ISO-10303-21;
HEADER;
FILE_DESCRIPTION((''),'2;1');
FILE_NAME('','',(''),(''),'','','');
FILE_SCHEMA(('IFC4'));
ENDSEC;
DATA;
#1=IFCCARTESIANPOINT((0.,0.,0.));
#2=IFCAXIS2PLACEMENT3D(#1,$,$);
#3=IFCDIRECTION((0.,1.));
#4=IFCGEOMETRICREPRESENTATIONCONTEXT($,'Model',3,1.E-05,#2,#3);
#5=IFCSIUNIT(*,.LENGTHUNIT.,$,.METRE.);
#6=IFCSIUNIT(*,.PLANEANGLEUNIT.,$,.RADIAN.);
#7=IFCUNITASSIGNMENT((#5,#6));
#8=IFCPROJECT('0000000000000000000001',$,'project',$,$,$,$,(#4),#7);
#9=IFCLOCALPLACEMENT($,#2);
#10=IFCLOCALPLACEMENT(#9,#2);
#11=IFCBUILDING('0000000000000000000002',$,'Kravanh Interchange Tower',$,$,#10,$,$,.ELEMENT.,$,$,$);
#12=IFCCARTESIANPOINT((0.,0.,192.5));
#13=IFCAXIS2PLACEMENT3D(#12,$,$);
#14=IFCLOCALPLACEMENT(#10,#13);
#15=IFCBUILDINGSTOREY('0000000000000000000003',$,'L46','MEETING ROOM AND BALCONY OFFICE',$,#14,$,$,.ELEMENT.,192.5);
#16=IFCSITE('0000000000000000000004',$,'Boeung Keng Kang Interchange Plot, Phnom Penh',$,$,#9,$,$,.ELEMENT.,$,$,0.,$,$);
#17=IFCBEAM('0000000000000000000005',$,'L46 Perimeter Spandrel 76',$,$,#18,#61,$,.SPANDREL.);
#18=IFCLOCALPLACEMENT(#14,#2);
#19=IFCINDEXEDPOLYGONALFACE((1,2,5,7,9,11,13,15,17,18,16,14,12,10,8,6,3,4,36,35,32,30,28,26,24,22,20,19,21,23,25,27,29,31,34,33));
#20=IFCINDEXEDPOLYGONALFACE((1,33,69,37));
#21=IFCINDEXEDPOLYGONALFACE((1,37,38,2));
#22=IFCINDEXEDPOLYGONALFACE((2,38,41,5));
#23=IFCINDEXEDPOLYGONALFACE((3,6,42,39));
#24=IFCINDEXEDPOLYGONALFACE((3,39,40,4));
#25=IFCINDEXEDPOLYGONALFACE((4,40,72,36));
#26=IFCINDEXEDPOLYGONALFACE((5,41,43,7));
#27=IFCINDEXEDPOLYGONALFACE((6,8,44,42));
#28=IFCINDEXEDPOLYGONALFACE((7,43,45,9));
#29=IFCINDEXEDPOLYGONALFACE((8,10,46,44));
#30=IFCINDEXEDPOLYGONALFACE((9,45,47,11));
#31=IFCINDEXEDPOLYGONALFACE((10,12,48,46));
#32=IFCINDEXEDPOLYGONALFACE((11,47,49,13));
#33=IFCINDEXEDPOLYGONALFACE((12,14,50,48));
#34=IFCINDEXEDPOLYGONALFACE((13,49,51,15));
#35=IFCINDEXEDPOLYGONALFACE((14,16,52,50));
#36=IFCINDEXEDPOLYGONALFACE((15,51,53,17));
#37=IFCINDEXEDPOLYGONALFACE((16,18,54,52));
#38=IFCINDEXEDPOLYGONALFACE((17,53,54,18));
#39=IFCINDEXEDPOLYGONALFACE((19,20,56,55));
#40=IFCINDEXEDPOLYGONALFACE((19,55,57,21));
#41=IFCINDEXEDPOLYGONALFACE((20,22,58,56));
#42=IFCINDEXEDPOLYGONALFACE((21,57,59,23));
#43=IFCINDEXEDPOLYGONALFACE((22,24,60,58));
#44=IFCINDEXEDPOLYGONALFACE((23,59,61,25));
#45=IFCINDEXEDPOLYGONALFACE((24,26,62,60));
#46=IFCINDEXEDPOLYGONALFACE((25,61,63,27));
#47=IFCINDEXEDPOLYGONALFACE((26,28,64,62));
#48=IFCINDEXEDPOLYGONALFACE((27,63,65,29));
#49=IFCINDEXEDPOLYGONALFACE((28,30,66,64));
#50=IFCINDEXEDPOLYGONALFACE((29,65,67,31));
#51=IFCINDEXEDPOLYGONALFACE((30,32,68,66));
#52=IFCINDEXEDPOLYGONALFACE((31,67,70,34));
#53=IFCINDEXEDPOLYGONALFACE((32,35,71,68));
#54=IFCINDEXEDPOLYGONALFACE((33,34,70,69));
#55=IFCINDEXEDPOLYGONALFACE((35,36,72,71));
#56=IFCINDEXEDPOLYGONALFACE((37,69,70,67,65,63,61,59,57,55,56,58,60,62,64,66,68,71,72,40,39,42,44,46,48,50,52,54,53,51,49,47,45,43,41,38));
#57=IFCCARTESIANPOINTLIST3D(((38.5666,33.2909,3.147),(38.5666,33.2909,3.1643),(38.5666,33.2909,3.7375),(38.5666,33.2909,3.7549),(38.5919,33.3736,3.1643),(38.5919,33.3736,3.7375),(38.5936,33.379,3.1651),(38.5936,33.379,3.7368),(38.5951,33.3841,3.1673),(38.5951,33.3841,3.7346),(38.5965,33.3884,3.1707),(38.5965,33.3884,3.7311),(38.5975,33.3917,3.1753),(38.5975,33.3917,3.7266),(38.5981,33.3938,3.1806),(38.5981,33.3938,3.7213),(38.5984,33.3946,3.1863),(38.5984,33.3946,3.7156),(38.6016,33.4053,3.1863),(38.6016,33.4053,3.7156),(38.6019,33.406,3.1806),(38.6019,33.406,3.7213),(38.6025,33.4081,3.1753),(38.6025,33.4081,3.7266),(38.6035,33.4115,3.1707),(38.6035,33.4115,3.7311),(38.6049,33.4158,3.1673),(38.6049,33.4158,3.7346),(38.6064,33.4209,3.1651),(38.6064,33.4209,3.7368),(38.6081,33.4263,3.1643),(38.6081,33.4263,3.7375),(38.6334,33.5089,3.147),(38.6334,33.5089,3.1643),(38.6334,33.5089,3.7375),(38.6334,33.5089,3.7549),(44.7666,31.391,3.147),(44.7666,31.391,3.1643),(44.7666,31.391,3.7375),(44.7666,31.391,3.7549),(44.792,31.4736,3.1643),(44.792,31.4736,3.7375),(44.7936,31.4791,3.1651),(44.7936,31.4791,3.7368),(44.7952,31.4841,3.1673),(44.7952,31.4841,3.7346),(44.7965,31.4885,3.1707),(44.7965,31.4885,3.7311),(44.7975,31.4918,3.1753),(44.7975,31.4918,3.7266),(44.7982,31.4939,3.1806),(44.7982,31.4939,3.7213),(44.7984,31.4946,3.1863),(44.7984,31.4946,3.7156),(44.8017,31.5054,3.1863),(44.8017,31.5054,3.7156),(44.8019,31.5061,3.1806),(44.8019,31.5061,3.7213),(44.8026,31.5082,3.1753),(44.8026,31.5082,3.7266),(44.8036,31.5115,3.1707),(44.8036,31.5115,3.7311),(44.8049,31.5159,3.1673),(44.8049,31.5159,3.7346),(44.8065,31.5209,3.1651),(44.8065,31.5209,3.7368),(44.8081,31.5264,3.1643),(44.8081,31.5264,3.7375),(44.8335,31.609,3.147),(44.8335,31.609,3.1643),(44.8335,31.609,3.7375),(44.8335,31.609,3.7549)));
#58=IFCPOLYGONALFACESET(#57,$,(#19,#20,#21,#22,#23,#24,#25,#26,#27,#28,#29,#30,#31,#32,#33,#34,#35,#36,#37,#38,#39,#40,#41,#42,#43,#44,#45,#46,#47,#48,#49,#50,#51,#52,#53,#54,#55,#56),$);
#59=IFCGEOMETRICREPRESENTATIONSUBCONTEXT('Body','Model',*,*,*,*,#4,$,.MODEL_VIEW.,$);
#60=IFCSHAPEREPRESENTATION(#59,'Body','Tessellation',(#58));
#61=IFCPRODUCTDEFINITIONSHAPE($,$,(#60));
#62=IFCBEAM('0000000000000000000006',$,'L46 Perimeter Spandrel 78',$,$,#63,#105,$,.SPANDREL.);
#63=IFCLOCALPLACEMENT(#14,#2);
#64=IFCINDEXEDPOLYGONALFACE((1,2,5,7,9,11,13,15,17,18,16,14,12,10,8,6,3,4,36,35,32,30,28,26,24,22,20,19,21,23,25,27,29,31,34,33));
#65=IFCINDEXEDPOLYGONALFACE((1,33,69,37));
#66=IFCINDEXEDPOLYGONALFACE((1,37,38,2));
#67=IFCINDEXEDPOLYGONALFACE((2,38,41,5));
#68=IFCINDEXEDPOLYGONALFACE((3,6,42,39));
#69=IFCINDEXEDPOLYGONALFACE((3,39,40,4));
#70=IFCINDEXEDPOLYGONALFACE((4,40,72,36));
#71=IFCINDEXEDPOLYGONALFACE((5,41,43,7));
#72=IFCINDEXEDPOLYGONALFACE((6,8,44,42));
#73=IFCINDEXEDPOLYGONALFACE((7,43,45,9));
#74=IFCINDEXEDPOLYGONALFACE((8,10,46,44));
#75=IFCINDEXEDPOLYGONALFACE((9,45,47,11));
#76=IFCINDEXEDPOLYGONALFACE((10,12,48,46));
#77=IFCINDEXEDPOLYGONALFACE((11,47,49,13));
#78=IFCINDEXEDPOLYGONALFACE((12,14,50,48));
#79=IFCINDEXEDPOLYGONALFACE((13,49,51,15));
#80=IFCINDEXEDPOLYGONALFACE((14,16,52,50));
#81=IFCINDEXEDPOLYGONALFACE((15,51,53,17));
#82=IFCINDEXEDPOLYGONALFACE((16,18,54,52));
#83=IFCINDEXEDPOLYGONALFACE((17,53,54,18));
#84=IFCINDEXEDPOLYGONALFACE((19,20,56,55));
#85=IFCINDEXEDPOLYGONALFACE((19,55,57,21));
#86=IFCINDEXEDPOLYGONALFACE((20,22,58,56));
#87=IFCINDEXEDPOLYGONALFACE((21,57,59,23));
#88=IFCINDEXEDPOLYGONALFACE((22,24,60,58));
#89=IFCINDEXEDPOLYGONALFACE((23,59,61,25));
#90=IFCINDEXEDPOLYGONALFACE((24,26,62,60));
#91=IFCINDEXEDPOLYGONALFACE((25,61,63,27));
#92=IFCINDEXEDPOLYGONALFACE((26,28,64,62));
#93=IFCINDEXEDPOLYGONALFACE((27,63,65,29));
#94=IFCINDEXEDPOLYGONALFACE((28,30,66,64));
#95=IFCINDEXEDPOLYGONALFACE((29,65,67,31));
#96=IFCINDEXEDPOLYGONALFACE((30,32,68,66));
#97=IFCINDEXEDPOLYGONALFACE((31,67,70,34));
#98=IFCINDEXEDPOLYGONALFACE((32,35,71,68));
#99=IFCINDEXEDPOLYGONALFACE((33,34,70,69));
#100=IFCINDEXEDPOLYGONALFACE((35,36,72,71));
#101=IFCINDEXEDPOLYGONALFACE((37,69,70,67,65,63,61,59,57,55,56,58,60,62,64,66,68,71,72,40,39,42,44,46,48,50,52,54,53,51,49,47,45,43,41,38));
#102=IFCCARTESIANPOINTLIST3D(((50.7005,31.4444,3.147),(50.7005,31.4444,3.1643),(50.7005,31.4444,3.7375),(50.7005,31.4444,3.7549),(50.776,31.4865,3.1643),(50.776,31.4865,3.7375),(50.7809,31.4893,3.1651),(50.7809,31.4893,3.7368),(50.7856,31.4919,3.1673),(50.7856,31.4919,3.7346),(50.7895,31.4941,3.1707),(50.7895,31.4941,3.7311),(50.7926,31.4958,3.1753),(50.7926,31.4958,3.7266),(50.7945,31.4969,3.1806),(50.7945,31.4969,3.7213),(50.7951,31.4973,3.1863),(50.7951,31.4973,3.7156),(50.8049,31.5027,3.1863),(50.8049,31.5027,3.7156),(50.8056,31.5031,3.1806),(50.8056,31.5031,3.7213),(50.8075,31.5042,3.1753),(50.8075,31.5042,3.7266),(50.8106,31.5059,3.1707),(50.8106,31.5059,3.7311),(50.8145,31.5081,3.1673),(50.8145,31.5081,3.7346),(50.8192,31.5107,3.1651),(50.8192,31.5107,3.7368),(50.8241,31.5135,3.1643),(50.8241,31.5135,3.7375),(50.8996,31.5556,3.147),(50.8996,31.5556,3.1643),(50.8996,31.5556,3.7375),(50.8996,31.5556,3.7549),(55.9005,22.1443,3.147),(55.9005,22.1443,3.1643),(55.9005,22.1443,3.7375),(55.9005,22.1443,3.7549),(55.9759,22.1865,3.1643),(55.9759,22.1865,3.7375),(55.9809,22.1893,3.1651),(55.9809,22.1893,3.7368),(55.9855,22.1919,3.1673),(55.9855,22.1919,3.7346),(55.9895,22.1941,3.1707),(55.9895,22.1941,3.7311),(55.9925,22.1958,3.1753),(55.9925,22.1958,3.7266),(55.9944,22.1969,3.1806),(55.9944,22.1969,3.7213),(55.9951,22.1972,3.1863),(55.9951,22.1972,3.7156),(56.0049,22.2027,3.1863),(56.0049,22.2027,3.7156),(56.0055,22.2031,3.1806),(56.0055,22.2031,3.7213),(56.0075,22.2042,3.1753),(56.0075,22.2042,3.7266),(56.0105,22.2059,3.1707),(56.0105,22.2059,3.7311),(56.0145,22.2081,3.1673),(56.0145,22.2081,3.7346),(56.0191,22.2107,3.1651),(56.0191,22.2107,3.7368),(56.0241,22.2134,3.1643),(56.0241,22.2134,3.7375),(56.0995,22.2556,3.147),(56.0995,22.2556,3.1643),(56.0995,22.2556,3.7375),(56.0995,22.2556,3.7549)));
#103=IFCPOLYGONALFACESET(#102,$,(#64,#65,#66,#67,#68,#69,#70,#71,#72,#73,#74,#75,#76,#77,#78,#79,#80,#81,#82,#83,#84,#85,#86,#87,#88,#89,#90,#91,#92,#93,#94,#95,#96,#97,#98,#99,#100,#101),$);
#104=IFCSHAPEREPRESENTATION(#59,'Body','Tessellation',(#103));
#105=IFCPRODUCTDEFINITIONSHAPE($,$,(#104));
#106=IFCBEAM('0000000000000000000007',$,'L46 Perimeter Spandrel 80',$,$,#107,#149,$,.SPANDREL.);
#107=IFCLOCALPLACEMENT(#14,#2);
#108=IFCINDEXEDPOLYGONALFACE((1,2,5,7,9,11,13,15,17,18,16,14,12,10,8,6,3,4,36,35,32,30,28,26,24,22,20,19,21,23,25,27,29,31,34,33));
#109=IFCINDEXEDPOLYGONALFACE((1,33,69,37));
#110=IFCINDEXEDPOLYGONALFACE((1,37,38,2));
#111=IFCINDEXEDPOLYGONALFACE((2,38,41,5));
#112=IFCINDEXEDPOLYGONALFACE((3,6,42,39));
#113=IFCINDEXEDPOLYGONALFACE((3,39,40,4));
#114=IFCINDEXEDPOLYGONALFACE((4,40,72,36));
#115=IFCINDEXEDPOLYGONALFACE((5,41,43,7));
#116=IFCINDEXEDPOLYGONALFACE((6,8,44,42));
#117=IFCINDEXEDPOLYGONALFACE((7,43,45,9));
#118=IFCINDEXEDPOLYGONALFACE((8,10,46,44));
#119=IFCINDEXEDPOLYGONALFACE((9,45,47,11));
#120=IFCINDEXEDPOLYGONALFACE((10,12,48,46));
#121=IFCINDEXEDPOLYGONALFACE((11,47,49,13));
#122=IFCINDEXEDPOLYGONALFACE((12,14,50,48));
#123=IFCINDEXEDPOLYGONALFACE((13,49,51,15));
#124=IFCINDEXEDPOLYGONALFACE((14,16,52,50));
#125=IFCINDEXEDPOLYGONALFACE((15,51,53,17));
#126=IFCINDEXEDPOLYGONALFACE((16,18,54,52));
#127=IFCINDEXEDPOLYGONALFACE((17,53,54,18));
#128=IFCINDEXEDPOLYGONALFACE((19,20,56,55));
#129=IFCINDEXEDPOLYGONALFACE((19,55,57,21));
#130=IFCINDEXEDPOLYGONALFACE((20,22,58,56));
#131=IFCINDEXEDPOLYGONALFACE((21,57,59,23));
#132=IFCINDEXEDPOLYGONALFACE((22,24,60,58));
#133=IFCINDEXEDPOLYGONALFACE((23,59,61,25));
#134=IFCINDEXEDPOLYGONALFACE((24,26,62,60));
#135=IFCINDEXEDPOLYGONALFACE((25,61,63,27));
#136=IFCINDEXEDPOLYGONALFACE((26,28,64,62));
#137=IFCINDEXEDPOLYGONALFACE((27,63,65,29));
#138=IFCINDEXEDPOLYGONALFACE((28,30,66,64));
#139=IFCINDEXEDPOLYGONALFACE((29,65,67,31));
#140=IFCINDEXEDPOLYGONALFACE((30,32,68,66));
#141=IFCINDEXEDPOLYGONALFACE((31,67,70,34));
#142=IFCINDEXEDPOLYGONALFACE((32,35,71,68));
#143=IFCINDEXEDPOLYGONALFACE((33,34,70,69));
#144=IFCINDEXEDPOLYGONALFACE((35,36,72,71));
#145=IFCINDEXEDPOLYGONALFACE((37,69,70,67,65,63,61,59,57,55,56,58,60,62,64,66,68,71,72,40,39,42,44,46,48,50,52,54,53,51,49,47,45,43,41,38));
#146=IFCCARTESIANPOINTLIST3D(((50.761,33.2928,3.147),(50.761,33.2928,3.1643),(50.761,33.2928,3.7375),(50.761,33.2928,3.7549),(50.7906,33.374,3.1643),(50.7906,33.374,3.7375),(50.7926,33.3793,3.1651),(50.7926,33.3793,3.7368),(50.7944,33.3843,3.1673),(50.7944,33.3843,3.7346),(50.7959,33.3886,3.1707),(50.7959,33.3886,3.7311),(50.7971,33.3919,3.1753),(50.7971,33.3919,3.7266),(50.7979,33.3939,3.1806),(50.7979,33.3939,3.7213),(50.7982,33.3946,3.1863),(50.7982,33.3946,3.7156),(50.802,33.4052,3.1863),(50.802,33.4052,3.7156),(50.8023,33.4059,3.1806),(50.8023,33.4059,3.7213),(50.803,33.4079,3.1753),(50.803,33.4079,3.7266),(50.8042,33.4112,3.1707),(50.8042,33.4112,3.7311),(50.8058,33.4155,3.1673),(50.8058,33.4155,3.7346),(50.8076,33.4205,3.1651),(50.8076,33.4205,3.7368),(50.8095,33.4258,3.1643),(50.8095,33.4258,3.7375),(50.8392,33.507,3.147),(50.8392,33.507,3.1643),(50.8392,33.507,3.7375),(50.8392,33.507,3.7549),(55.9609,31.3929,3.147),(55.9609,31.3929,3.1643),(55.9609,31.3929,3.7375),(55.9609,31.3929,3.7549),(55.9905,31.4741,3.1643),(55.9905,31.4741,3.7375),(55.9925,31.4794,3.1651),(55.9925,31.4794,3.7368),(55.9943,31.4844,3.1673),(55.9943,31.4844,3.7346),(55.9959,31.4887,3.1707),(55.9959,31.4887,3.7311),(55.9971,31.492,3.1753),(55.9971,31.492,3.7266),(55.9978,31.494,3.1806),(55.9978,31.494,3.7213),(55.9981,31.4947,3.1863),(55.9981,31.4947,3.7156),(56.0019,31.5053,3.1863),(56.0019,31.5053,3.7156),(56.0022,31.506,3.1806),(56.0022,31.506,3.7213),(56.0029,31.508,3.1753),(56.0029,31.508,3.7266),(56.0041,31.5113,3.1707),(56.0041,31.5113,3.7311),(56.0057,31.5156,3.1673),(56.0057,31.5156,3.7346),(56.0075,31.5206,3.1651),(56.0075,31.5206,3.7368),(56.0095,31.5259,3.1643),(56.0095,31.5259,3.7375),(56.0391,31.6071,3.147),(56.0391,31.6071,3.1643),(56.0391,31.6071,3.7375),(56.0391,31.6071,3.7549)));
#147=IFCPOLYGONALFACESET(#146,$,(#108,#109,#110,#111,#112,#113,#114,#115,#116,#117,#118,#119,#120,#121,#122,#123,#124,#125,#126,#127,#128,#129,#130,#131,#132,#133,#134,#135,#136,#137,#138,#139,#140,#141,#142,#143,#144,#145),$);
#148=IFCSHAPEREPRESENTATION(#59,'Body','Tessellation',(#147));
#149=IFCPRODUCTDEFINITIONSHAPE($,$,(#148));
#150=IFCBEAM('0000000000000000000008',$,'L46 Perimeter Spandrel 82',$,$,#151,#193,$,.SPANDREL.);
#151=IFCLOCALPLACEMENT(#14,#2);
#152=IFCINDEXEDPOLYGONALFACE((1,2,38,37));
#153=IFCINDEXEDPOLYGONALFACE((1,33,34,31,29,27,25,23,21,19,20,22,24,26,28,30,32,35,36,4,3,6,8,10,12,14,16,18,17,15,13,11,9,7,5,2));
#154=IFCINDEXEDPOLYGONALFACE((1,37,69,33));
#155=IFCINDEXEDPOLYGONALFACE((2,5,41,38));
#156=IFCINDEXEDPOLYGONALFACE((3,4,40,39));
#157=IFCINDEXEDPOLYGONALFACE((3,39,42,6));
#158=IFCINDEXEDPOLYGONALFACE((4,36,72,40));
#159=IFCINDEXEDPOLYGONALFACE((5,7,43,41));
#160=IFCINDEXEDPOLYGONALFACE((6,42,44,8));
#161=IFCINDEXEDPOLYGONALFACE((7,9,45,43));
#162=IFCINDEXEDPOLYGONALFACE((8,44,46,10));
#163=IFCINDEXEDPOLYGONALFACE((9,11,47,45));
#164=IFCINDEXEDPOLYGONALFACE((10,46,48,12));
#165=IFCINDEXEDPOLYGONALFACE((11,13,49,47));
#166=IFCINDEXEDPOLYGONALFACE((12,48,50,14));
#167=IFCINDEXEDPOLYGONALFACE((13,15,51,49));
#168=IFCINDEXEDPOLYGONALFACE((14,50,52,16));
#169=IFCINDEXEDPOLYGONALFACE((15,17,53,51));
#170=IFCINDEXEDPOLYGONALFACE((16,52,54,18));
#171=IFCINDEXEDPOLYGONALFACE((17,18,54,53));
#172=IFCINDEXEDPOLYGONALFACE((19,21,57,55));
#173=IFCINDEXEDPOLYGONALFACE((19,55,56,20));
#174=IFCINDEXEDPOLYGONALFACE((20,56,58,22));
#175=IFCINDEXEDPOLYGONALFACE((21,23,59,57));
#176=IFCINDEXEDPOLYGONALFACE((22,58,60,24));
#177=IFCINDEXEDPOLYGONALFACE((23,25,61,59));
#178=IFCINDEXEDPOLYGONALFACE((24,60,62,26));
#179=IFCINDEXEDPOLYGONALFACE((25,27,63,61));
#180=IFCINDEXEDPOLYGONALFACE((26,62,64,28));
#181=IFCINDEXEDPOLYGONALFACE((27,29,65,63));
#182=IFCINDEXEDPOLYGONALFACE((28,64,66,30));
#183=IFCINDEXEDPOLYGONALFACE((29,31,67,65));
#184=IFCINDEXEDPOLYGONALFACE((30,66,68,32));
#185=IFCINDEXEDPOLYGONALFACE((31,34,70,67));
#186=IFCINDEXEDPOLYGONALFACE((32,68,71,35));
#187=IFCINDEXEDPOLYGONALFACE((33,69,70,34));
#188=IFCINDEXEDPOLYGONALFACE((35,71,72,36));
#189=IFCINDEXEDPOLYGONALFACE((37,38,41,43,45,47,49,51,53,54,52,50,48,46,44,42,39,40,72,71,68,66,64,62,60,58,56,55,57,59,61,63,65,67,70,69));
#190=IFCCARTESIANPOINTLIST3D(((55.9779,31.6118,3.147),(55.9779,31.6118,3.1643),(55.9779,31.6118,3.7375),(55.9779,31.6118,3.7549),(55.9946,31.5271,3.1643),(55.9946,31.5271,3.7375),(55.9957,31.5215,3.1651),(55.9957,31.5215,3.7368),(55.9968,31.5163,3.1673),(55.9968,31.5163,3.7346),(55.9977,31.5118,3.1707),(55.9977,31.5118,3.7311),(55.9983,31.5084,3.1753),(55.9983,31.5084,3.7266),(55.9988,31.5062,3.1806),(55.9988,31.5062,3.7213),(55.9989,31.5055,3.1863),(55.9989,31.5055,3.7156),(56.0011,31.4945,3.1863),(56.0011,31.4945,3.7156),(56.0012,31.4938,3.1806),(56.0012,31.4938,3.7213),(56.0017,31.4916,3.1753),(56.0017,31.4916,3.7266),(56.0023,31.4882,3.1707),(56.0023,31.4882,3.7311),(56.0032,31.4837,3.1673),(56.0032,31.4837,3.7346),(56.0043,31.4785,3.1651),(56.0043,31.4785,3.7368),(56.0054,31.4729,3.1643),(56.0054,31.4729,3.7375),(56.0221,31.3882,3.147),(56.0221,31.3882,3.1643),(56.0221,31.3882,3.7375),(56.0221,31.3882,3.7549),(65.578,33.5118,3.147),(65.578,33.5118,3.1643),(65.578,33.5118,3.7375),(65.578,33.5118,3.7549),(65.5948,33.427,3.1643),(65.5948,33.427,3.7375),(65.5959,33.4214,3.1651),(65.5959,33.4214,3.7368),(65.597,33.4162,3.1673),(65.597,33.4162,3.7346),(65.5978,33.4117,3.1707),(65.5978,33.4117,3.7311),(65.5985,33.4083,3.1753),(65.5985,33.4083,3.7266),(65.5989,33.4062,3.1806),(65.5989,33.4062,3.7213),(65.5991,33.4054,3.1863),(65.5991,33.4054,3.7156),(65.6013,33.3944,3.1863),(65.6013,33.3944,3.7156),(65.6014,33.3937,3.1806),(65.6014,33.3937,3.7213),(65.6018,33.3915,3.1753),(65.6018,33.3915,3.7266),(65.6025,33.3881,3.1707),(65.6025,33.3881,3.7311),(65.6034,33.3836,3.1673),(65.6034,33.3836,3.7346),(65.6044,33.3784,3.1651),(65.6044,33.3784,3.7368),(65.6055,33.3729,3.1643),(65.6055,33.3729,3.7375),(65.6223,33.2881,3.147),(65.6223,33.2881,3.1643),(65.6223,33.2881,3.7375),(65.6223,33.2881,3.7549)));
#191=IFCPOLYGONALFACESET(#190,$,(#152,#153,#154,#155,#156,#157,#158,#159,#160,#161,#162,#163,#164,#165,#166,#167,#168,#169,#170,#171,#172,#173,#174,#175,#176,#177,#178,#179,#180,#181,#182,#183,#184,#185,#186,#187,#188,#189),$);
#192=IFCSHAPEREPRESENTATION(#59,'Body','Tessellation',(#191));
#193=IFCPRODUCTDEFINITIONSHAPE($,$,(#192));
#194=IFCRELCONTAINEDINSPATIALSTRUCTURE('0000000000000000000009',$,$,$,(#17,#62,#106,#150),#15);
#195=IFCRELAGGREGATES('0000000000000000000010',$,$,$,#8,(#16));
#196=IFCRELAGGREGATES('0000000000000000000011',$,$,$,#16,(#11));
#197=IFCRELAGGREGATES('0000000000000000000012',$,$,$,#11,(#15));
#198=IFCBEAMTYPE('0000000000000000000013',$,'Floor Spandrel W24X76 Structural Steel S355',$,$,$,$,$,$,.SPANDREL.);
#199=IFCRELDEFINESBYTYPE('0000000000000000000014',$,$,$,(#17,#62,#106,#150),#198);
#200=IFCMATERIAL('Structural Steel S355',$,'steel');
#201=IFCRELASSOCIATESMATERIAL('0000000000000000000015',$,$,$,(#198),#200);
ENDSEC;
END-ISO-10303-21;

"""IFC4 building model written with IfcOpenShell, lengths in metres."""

from ifc_helpers import new_model, si_unit, direction, frame, origin, origin_2d, place, context, subcontext, project, spatial, i_section, extrude, material, material_profile, profile_set, type_object, element, save


model = new_model("IFC4")

# Units and contexts
model_context = context("Model", 3, precision=1e-05, world=origin(), true_north=direction((0.0, 1.0)))
body_context = subcontext(model_context, "Body", "Model", "MODEL_VIEW")
ifc_project = project(units=[si_unit("LENGTHUNIT", "METRE"), si_unit("PLANEANGLEUNIT", "RADIAN")], contexts=[model_context])

# Site, building, storey
site_placement = place(None, origin())
site = spatial("IfcSite", under=ifc_project, at=site_placement, Name="Boeung Keng Kang Interchange Plot, Phnom Penh", CompositionType="ELEMENT", RefElevation=0.0)
building_placement = place(site_placement, origin())
building = spatial("IfcBuilding", under=site, at=building_placement, Name="Kravanh Interchange Tower", CompositionType="ELEMENT")
storey_placement = place(building_placement, frame((0.0, 0.0, 192.5)))
storey = spatial("IfcBuildingStorey", under=building, at=storey_placement, Name="L46", Description="MEETING ROOM AND BALCONY OFFICE", CompositionType="ELEMENT", Elevation=192.5)

# Beams
ifc_material_1 = material(Name="Structural Steel S355", Category="steel")
ifc_material_profile_1 = material_profile(ifc_material_1, i_section(OverallWidth=0.228, OverallDepth=0.6079, WebThickness=0.0112, FlangeThickness=0.0173, FilletRadius=0.022, at=origin_2d()), Name="W24X76")
ifc_profile_set_1 = profile_set([ifc_material_profile_1], Name="Structural Steel S355")
beam_type_1 = type_object("IfcBeamType", Name="Floor Spandrel W24X76 Structural Steel S355", PredefinedType="SPANDREL", material=ifc_profile_set_1)
beam_1_placement = place(storey_placement, frame((44.8, 31.5, 3.4509), z_axis=(-0.956115, 0.29299, 0.0), x_axis=(-0.29299, -0.956115, 0.0)))
element("IfcBeam", 1, at=beam_1_placement, inside=storey, type_object=beam_type_1, Name="L46 Perimeter Spandrel 76", PredefinedType="SPANDREL", context=body_context, shape_type="SweptSolid", body=[
    extrude(i_section(OverallWidth=0.228, OverallDepth=0.6079, WebThickness=0.0112, FlangeThickness=0.0173, FilletRadius=0.022, at=origin_2d()), origin(), (0.0, 0.0, 1.0), 6.4846),
])
beam_2_placement = place(storey_placement, frame((50.8, 31.5, 3.4509), z_axis=(0.488026, -0.872829, 0.0), x_axis=(0.872829, 0.488026, 0.0)))
element("IfcBeam", 2, at=beam_2_placement, inside=storey, type_object=beam_type_1, Name="L46 Perimeter Spandrel 78", PredefinedType="SPANDREL", context=body_context, shape_type="SweptSolid", body=[
    extrude(i_section(OverallWidth=0.228, OverallDepth=0.6079, WebThickness=0.0112, FlangeThickness=0.0173, FilletRadius=0.022, at=origin_2d()), origin(), (0.0, 0.0, 1.0), 10.655),
])
beam_3_placement = place(storey_placement, frame((56.0, 31.5, 3.4509), z_axis=(-0.93927, 0.34318, 0.0), x_axis=(-0.34318, -0.93927, 0.0)))
element("IfcBeam", 3, at=beam_3_placement, inside=storey, type_object=beam_type_1, Name="L46 Perimeter Spandrel 80", PredefinedType="SPANDREL", context=body_context, shape_type="SweptSolid", body=[
    extrude(i_section(OverallWidth=0.228, OverallDepth=0.6079, WebThickness=0.0112, FlangeThickness=0.0173, FilletRadius=0.022, at=origin_2d()), origin(), (0.0, 0.0, 1.0), 5.5361),
])
beam_4_placement = place(storey_placement, frame((56.0, 31.5, 3.4509), z_axis=(0.980974, 0.194139, 0.0), x_axis=(-0.194139, 0.980974, 0.0)))
element("IfcBeam", 4, at=beam_4_placement, inside=storey, type_object=beam_type_1, Name="L46 Perimeter Spandrel 82", PredefinedType="SPANDREL", context=body_context, shape_type="SweptSolid", body=[
    extrude(i_section(OverallWidth=0.228, OverallDepth=0.6079, WebThickness=0.0112, FlangeThickness=0.0173, FilletRadius=0.022, at=origin_2d()), origin(), (0.0, 0.0, 1.0), 9.7864),
])

save(model, "model.ifc")
